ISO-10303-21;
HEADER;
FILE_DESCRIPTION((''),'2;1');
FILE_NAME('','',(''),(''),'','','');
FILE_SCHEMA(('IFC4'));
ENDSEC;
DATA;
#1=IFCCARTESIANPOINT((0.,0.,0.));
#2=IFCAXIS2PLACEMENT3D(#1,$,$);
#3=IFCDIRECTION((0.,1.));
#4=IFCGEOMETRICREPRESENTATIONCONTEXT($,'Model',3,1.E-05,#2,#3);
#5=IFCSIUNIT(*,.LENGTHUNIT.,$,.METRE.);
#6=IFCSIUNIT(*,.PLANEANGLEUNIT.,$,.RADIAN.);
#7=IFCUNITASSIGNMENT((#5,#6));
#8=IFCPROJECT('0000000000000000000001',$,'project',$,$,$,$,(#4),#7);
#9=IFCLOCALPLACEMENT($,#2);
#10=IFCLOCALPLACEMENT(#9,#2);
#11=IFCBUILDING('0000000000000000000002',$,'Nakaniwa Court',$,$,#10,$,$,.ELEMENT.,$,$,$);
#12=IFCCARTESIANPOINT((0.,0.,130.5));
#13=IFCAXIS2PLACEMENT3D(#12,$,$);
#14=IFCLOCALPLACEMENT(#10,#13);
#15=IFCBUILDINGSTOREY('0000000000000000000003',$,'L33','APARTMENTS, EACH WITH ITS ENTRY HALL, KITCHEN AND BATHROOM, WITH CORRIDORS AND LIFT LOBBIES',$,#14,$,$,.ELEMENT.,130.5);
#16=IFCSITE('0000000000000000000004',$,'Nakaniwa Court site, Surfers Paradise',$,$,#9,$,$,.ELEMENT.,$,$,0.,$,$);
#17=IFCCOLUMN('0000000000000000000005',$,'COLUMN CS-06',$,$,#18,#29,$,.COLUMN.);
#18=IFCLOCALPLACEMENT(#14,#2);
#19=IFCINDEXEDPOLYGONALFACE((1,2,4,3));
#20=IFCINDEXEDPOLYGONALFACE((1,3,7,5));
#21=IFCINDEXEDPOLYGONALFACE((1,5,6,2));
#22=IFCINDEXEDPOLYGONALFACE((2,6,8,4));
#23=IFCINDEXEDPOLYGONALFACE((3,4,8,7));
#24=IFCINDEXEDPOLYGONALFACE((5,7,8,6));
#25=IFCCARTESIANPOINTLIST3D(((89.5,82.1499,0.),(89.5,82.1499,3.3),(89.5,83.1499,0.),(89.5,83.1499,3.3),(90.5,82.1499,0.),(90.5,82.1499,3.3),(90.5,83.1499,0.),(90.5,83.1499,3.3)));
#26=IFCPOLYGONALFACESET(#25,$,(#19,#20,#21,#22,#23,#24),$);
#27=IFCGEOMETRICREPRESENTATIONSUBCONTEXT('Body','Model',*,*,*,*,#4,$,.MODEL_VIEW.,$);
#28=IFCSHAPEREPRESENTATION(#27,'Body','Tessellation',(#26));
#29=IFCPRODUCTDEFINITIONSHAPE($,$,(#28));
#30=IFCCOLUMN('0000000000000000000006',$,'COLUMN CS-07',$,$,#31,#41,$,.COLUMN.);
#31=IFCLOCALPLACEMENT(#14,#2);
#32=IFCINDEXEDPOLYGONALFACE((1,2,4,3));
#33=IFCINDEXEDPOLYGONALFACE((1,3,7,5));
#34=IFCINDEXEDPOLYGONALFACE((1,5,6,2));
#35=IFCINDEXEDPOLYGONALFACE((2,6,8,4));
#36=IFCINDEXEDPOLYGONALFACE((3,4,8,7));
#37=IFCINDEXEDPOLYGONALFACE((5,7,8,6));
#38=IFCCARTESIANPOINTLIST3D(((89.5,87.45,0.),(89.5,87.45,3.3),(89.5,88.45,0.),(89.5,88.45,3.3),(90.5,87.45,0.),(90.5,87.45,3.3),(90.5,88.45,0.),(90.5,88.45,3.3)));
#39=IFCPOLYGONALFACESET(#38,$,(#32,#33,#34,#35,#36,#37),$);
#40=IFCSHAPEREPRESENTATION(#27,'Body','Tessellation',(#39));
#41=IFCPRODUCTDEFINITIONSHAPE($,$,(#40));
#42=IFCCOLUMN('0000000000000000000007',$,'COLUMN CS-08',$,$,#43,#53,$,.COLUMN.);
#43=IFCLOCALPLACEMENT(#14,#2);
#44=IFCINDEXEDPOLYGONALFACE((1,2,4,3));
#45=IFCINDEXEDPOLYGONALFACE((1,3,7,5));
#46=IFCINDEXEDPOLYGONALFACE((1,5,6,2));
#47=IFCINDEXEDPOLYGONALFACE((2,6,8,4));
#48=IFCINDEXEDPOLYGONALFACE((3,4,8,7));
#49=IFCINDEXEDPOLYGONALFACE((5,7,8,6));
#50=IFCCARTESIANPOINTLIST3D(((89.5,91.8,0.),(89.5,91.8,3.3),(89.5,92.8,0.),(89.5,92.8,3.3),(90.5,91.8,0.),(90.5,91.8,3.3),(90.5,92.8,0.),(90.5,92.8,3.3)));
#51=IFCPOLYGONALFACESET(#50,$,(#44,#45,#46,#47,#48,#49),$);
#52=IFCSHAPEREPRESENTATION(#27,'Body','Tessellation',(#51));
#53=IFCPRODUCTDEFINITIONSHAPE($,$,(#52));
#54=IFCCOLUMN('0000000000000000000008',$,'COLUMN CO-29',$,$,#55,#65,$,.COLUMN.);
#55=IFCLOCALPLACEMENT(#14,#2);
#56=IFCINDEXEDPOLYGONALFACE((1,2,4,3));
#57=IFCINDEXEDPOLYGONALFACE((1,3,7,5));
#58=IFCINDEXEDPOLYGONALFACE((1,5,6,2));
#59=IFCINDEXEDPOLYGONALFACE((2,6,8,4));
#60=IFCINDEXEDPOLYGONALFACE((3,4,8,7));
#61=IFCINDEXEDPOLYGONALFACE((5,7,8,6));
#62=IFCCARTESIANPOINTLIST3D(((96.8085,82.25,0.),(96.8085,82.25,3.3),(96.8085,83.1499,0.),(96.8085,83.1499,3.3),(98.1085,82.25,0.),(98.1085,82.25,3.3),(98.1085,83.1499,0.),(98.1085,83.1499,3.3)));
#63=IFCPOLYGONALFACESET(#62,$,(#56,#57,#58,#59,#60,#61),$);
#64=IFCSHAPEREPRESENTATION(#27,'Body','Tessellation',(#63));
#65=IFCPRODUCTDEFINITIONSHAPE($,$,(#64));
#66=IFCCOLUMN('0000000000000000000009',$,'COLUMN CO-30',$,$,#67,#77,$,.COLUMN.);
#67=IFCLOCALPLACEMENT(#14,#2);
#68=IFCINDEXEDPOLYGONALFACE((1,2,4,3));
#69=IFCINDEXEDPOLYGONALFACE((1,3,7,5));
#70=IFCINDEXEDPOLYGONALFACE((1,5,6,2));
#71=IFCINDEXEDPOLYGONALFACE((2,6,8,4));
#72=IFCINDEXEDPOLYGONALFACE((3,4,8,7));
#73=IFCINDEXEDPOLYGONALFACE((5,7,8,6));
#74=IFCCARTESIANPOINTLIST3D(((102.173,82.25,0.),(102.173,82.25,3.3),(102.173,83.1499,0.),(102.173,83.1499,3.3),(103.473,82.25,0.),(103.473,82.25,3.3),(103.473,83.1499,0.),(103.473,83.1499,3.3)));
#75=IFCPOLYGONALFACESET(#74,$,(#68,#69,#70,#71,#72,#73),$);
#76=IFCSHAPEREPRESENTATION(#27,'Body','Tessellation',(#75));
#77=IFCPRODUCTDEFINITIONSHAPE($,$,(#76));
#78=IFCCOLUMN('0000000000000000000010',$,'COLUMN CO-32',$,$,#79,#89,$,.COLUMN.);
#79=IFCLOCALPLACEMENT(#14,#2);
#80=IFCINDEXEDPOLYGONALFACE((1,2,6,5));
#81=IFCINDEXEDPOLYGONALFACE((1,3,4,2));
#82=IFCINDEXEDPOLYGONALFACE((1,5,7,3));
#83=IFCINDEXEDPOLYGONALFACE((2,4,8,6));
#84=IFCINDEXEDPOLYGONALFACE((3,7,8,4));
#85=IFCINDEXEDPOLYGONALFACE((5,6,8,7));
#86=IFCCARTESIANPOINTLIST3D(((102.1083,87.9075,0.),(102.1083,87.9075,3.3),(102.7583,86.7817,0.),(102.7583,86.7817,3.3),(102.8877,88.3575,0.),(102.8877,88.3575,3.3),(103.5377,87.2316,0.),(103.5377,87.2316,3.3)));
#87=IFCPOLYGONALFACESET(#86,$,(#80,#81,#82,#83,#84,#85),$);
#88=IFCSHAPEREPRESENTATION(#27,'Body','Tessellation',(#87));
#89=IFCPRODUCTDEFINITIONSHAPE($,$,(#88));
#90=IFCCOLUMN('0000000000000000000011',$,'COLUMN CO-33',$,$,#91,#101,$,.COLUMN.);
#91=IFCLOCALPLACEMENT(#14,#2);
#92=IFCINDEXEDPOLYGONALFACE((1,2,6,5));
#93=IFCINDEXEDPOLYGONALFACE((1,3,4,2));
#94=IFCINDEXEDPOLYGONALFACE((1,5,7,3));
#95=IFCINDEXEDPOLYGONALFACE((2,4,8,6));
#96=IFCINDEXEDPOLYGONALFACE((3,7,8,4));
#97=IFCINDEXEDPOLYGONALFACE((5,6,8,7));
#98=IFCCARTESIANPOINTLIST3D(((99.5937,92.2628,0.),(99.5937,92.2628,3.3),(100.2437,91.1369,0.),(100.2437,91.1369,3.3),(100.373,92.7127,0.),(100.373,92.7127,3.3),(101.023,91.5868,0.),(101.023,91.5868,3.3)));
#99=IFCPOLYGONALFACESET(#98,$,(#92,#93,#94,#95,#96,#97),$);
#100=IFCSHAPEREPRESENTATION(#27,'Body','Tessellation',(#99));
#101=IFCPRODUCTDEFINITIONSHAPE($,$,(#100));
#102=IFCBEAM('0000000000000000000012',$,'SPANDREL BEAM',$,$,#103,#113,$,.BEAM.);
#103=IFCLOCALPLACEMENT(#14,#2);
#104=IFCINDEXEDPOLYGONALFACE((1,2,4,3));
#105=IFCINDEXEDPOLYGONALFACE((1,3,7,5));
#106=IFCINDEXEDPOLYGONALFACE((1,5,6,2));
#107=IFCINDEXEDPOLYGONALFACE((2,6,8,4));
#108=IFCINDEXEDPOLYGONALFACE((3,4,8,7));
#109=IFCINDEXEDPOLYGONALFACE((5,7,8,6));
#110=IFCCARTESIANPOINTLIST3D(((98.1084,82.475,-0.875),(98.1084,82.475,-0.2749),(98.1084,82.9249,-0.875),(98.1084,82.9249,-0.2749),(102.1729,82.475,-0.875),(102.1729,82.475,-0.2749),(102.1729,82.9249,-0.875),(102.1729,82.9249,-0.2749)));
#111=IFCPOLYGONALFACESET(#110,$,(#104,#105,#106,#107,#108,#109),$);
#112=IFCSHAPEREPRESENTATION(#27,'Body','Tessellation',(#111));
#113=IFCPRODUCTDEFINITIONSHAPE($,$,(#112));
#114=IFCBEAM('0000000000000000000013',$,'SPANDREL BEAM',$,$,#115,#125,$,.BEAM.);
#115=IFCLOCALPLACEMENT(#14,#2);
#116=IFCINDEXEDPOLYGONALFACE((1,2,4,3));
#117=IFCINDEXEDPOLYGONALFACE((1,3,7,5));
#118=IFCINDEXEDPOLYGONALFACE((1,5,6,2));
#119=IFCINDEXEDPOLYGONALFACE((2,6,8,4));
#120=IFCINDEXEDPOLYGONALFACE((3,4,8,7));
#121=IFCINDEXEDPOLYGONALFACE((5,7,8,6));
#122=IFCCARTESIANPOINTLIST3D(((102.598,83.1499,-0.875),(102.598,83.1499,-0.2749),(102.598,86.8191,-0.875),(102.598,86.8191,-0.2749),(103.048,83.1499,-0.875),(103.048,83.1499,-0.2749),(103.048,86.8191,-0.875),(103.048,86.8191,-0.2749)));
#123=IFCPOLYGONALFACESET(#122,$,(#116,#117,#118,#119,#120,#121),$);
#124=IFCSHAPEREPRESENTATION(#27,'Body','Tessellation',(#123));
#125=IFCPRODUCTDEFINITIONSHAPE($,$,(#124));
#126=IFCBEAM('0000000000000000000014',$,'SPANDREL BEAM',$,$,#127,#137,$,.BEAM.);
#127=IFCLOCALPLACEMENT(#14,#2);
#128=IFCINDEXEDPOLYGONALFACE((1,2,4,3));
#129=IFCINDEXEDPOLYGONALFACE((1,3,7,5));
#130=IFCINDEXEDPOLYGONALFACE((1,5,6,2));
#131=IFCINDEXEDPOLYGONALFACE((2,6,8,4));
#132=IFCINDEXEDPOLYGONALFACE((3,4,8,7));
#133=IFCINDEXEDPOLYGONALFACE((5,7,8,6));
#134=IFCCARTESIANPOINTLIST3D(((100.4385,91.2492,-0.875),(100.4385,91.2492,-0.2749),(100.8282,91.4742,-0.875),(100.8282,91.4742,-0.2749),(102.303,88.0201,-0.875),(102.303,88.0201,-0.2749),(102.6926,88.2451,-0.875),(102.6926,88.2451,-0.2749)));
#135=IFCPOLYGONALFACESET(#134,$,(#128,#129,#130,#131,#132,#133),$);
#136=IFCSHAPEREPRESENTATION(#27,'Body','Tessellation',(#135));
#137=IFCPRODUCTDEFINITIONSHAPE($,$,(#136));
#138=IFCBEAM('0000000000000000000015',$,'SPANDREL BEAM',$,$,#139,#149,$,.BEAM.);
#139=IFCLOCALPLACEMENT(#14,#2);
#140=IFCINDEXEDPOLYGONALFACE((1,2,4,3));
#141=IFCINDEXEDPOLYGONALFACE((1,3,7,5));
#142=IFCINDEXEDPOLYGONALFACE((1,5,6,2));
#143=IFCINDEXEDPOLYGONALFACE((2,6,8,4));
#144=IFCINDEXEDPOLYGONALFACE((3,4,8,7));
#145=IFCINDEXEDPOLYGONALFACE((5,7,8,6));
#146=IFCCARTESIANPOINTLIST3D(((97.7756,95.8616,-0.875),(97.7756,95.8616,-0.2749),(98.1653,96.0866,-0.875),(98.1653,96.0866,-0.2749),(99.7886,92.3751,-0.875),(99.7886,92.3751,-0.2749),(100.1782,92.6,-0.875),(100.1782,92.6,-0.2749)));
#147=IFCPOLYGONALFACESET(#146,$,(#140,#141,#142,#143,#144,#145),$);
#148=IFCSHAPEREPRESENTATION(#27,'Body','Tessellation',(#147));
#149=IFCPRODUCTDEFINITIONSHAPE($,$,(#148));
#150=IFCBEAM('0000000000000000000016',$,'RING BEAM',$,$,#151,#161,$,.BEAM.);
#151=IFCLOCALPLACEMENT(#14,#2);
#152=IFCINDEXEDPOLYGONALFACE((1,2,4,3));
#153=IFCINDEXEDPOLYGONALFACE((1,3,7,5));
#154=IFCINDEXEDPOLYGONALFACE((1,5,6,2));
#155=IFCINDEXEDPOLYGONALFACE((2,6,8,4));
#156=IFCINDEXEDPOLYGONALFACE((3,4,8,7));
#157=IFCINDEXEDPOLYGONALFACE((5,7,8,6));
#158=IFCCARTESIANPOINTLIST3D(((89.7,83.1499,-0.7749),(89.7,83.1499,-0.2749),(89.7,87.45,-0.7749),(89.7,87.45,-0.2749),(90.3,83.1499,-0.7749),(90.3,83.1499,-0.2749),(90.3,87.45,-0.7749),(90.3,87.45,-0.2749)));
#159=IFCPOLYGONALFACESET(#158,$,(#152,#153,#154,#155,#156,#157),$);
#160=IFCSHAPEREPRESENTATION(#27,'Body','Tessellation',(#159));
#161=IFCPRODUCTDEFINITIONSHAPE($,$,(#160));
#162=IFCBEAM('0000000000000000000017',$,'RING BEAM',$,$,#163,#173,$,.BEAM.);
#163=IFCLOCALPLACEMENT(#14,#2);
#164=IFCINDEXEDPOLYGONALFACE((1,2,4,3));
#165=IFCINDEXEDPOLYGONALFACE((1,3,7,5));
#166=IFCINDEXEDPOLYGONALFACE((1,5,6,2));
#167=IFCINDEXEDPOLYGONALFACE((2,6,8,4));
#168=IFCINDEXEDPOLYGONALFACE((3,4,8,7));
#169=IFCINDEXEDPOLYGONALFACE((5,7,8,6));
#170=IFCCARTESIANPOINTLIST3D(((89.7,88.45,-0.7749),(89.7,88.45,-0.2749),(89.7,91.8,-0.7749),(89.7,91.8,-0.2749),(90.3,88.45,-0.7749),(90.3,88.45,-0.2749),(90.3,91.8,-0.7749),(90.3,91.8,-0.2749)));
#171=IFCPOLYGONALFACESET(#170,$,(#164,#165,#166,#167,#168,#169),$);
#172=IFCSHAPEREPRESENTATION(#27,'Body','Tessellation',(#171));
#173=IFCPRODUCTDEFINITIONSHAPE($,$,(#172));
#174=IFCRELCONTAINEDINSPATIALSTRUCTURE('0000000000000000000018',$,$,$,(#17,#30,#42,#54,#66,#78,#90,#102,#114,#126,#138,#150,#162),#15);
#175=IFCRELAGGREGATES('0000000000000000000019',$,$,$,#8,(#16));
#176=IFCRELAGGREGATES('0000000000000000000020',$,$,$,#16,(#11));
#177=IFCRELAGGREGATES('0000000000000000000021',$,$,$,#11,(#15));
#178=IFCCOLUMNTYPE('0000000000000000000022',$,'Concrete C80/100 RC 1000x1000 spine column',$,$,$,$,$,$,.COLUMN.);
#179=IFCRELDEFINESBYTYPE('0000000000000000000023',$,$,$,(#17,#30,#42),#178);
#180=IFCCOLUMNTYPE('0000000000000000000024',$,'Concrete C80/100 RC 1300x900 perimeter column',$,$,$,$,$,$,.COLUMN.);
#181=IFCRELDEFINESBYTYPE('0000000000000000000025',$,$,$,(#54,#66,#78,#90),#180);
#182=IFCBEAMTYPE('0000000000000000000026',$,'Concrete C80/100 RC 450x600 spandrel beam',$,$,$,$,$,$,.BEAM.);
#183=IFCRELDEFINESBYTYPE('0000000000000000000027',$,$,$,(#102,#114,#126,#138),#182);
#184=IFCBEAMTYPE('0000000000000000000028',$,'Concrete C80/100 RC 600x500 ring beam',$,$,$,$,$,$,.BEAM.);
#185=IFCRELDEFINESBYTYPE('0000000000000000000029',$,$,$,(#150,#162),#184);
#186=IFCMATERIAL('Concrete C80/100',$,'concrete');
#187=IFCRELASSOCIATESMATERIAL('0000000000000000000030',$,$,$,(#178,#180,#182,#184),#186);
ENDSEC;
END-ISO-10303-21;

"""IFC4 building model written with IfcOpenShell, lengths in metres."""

from ifc_helpers import new_model, si_unit, direction, frame, origin, origin_2d, place, context, subcontext, project, spatial, rectangle, extrude, material, material_profile, profile_set, type_object, element, save


model = new_model("IFC4")

# Units and contexts
model_context = context("Model", 3, precision=1e-05, world=origin(), true_north=direction((0.0, 1.0)))
body_context = subcontext(model_context, "Body", "Model", "MODEL_VIEW")
ifc_project = project(units=[si_unit("LENGTHUNIT", "METRE"), si_unit("PLANEANGLEUNIT", "RADIAN")], contexts=[model_context])

# Site, building, storey
site_placement = place(None, origin())
site = spatial("IfcSite", under=ifc_project, at=site_placement, Name="Nakaniwa Court site, Surfers Paradise", CompositionType="ELEMENT", RefElevation=0.0)
building_placement = place(site_placement, origin())
building = spatial("IfcBuilding", under=site, at=building_placement, Name="Nakaniwa Court", CompositionType="ELEMENT")
storey_placement = place(building_placement, frame((0.0, 0.0, 130.5)))
storey = spatial("IfcBuildingStorey", under=building, at=storey_placement, Name="L33", Description="APARTMENTS, EACH WITH ITS ENTRY HALL, KITCHEN AND BATHROOM, WITH CORRIDORS AND LIFT LOBBIES", CompositionType="ELEMENT", Elevation=130.5)

# Columns
ifc_material_1 = material(Name="Concrete C80/100", Category="concrete")
ifc_material_profile_1 = material_profile(ifc_material_1, rectangle(XDim=1.0, YDim=1.0, at=origin_2d()), Name="Concrete C80/100 RC 1000x1000 spine column")
ifc_profile_set_1 = profile_set([ifc_material_profile_1], Name="Concrete C80/100")
column_type_1 = type_object("IfcColumnType", Name="Concrete C80/100 RC 1000x1000 spine column", PredefinedType="COLUMN", material=ifc_profile_set_1)
for number, where, z_axis, x_axis, name in (
    (1, (90.0, 82.6499, 0.0), (0.0, 0.0, 1.0), (0.0, 1.0, 0.0), "COLUMN CS-06"),
    (2, (90.0, 87.95, 0.0), (0.0, 0.0, 1.0), (0.0, 1.0, 0.0), "COLUMN CS-07"),
    (3, (90.0, 92.3, 0.0), (0.0, 0.0, 1.0), (0.0, 1.0, 0.0), "COLUMN CS-08"),
):
    element("IfcColumn", number, at=place(storey_placement, frame(where, z_axis=z_axis, x_axis=x_axis)), inside=storey, type_object=column_type_1, Name=name, PredefinedType="COLUMN", context=body_context, shape_type="SweptSolid", body=[
        extrude(rectangle(XDim=1.0, YDim=1.0, at=origin_2d()), origin(), (0.0, 0.0, 1.0), 3.3),
    ])
ifc_material_profile_2 = material_profile(ifc_material_1, rectangle(XDim=1.3, YDim=0.8999, at=origin_2d()), Name="Concrete C80/100 RC 1300x900 perimeter column")
ifc_profile_set_2 = profile_set([ifc_material_profile_2], Name="Concrete C80/100")
column_type_2 = type_object("IfcColumnType", Name="Concrete C80/100 RC 1300x900 perimeter column", PredefinedType="COLUMN", material=ifc_profile_set_2)
for number, where, z_axis, x_axis, name in (
    (4, (97.4585, 82.7, 0.0), (0.0, 0.0, 1.0), (1.0, 0.0, 0.0), "COLUMN CO-29"),
    (5, (102.823, 82.7, 0.0), (0.0, 0.0, 1.0), (1.0, 0.0, 0.0), "COLUMN CO-30"),
    (6, (102.823, 87.5696, 0.0), (0.0, 0.0, 1.0), (-0.5, 0.866025, 0.0), "COLUMN CO-32"),
    (7, (100.3083, 91.9248, 0.0), (0.0, 0.0, 1.0), (-0.5, 0.866025, 0.0), "COLUMN CO-33"),
):
    element("IfcColumn", number, at=place(storey_placement, frame(where, z_axis=z_axis, x_axis=x_axis)), inside=storey, type_object=column_type_2, Name=name, PredefinedType="COLUMN", context=body_context, shape_type="SweptSolid", body=[
        extrude(rectangle(XDim=1.3, YDim=0.8999, at=origin_2d()), origin(), (0.0, 0.0, 1.0), 3.3),
    ])

# Beams
ifc_material_profile_3 = material_profile(ifc_material_1, rectangle(XDim=0.45, YDim=0.6001, at=origin_2d()), Name="Concrete C80/100 RC 450x600 spandrel beam")
ifc_profile_set_3 = profile_set([ifc_material_profile_3], Name="Concrete C80/100")
beam_type_1 = type_object("IfcBeamType", Name="Concrete C80/100 RC 450x600 spandrel beam", PredefinedType="BEAM", material=ifc_profile_set_3)
beam_1_placement = place(storey_placement, frame((98.1084, 82.7, -0.575), z_axis=(1.0, 0.0, 0.0), x_axis=(0.0, 1.0, 0.0)))
element("IfcBeam", 8, at=beam_1_placement, inside=storey, type_object=beam_type_1, Name="SPANDREL BEAM", PredefinedType="BEAM", context=body_context, shape_type="SweptSolid", body=[
    extrude(rectangle(XDim=0.45, YDim=0.6001, at=origin_2d()), origin(), (0.0, 0.0, 1.0), 4.0645),
])
beam_2_placement = place(storey_placement, frame((102.823, 83.1499, -0.575), z_axis=(0.0, 1.0, 0.0), x_axis=(-1.0, 0.0, 0.0)))
element("IfcBeam", 9, at=beam_2_placement, inside=storey, type_object=beam_type_1, Name="SPANDREL BEAM", PredefinedType="BEAM", context=body_context, shape_type="SweptSolid", body=[
    extrude(rectangle(XDim=0.45, YDim=0.6001, at=origin_2d()), origin(), (0.0, 0.0, 1.0), 3.6692),
])
beam_3_placement = place(storey_placement, frame((102.4978, 88.1326, -0.575), z_axis=(-0.500019, 0.866014, 0.0), x_axis=(-0.866014, -0.500019, 0.0)))
element("IfcBeam", 10, at=beam_3_placement, inside=storey, type_object=beam_type_1, Name="SPANDREL BEAM", PredefinedType="BEAM", context=body_context, shape_type="SweptSolid", body=[
    extrude(rectangle(XDim=0.45, YDim=0.6001, at=origin_2d()), origin(), (0.0, 0.0, 1.0), 3.7288),
])
beam_4_placement = place(storey_placement, frame((99.9834, 92.4875, -0.575), z_axis=(-0.499994, 0.866029, 0.0), x_axis=(-0.866029, -0.499994, 0.0)))
element("IfcBeam", 11, at=beam_4_placement, inside=storey, type_object=beam_type_1, Name="SPANDREL BEAM", PredefinedType="BEAM", context=body_context, shape_type="SweptSolid", body=[
    extrude(rectangle(XDim=0.45, YDim=0.6001, at=origin_2d()), origin(), (0.0, 0.0, 1.0), 4.0259),
])
ifc_material_profile_4 = material_profile(ifc_material_1, rectangle(XDim=0.6001, YDim=0.5, at=origin_2d()), Name="Concrete C80/100 RC 600x500 ring beam")
ifc_profile_set_4 = profile_set([ifc_material_profile_4], Name="Concrete C80/100")
beam_type_2 = type_object("IfcBeamType", Name="Concrete C80/100 RC 600x500 ring beam", PredefinedType="BEAM", material=ifc_profile_set_4)
beam_5_placement = place(storey_placement, frame((90.0, 83.1499, -0.5249), z_axis=(0.0, 1.0, 0.0), x_axis=(-1.0, 0.0, 0.0)))
element("IfcBeam", 12, at=beam_5_placement, inside=storey, type_object=beam_type_2, Name="RING BEAM", PredefinedType="BEAM", context=body_context, shape_type="SweptSolid", body=[
    extrude(rectangle(XDim=0.6001, YDim=0.5, at=origin_2d()), origin(), (0.0, 0.0, 1.0), 4.3),
])
beam_6_placement = place(storey_placement, frame((90.0, 88.45, -0.5249), z_axis=(0.0, 1.0, 0.0), x_axis=(-1.0, 0.0, 0.0)))
element("IfcBeam", 13, at=beam_6_placement, inside=storey, type_object=beam_type_2, Name="RING BEAM", PredefinedType="BEAM", context=body_context, shape_type="SweptSolid", body=[
    extrude(rectangle(XDim=0.6001, YDim=0.5, at=origin_2d()), origin(), (0.0, 0.0, 1.0), 3.3501),
])

save(model, "model.ifc")
